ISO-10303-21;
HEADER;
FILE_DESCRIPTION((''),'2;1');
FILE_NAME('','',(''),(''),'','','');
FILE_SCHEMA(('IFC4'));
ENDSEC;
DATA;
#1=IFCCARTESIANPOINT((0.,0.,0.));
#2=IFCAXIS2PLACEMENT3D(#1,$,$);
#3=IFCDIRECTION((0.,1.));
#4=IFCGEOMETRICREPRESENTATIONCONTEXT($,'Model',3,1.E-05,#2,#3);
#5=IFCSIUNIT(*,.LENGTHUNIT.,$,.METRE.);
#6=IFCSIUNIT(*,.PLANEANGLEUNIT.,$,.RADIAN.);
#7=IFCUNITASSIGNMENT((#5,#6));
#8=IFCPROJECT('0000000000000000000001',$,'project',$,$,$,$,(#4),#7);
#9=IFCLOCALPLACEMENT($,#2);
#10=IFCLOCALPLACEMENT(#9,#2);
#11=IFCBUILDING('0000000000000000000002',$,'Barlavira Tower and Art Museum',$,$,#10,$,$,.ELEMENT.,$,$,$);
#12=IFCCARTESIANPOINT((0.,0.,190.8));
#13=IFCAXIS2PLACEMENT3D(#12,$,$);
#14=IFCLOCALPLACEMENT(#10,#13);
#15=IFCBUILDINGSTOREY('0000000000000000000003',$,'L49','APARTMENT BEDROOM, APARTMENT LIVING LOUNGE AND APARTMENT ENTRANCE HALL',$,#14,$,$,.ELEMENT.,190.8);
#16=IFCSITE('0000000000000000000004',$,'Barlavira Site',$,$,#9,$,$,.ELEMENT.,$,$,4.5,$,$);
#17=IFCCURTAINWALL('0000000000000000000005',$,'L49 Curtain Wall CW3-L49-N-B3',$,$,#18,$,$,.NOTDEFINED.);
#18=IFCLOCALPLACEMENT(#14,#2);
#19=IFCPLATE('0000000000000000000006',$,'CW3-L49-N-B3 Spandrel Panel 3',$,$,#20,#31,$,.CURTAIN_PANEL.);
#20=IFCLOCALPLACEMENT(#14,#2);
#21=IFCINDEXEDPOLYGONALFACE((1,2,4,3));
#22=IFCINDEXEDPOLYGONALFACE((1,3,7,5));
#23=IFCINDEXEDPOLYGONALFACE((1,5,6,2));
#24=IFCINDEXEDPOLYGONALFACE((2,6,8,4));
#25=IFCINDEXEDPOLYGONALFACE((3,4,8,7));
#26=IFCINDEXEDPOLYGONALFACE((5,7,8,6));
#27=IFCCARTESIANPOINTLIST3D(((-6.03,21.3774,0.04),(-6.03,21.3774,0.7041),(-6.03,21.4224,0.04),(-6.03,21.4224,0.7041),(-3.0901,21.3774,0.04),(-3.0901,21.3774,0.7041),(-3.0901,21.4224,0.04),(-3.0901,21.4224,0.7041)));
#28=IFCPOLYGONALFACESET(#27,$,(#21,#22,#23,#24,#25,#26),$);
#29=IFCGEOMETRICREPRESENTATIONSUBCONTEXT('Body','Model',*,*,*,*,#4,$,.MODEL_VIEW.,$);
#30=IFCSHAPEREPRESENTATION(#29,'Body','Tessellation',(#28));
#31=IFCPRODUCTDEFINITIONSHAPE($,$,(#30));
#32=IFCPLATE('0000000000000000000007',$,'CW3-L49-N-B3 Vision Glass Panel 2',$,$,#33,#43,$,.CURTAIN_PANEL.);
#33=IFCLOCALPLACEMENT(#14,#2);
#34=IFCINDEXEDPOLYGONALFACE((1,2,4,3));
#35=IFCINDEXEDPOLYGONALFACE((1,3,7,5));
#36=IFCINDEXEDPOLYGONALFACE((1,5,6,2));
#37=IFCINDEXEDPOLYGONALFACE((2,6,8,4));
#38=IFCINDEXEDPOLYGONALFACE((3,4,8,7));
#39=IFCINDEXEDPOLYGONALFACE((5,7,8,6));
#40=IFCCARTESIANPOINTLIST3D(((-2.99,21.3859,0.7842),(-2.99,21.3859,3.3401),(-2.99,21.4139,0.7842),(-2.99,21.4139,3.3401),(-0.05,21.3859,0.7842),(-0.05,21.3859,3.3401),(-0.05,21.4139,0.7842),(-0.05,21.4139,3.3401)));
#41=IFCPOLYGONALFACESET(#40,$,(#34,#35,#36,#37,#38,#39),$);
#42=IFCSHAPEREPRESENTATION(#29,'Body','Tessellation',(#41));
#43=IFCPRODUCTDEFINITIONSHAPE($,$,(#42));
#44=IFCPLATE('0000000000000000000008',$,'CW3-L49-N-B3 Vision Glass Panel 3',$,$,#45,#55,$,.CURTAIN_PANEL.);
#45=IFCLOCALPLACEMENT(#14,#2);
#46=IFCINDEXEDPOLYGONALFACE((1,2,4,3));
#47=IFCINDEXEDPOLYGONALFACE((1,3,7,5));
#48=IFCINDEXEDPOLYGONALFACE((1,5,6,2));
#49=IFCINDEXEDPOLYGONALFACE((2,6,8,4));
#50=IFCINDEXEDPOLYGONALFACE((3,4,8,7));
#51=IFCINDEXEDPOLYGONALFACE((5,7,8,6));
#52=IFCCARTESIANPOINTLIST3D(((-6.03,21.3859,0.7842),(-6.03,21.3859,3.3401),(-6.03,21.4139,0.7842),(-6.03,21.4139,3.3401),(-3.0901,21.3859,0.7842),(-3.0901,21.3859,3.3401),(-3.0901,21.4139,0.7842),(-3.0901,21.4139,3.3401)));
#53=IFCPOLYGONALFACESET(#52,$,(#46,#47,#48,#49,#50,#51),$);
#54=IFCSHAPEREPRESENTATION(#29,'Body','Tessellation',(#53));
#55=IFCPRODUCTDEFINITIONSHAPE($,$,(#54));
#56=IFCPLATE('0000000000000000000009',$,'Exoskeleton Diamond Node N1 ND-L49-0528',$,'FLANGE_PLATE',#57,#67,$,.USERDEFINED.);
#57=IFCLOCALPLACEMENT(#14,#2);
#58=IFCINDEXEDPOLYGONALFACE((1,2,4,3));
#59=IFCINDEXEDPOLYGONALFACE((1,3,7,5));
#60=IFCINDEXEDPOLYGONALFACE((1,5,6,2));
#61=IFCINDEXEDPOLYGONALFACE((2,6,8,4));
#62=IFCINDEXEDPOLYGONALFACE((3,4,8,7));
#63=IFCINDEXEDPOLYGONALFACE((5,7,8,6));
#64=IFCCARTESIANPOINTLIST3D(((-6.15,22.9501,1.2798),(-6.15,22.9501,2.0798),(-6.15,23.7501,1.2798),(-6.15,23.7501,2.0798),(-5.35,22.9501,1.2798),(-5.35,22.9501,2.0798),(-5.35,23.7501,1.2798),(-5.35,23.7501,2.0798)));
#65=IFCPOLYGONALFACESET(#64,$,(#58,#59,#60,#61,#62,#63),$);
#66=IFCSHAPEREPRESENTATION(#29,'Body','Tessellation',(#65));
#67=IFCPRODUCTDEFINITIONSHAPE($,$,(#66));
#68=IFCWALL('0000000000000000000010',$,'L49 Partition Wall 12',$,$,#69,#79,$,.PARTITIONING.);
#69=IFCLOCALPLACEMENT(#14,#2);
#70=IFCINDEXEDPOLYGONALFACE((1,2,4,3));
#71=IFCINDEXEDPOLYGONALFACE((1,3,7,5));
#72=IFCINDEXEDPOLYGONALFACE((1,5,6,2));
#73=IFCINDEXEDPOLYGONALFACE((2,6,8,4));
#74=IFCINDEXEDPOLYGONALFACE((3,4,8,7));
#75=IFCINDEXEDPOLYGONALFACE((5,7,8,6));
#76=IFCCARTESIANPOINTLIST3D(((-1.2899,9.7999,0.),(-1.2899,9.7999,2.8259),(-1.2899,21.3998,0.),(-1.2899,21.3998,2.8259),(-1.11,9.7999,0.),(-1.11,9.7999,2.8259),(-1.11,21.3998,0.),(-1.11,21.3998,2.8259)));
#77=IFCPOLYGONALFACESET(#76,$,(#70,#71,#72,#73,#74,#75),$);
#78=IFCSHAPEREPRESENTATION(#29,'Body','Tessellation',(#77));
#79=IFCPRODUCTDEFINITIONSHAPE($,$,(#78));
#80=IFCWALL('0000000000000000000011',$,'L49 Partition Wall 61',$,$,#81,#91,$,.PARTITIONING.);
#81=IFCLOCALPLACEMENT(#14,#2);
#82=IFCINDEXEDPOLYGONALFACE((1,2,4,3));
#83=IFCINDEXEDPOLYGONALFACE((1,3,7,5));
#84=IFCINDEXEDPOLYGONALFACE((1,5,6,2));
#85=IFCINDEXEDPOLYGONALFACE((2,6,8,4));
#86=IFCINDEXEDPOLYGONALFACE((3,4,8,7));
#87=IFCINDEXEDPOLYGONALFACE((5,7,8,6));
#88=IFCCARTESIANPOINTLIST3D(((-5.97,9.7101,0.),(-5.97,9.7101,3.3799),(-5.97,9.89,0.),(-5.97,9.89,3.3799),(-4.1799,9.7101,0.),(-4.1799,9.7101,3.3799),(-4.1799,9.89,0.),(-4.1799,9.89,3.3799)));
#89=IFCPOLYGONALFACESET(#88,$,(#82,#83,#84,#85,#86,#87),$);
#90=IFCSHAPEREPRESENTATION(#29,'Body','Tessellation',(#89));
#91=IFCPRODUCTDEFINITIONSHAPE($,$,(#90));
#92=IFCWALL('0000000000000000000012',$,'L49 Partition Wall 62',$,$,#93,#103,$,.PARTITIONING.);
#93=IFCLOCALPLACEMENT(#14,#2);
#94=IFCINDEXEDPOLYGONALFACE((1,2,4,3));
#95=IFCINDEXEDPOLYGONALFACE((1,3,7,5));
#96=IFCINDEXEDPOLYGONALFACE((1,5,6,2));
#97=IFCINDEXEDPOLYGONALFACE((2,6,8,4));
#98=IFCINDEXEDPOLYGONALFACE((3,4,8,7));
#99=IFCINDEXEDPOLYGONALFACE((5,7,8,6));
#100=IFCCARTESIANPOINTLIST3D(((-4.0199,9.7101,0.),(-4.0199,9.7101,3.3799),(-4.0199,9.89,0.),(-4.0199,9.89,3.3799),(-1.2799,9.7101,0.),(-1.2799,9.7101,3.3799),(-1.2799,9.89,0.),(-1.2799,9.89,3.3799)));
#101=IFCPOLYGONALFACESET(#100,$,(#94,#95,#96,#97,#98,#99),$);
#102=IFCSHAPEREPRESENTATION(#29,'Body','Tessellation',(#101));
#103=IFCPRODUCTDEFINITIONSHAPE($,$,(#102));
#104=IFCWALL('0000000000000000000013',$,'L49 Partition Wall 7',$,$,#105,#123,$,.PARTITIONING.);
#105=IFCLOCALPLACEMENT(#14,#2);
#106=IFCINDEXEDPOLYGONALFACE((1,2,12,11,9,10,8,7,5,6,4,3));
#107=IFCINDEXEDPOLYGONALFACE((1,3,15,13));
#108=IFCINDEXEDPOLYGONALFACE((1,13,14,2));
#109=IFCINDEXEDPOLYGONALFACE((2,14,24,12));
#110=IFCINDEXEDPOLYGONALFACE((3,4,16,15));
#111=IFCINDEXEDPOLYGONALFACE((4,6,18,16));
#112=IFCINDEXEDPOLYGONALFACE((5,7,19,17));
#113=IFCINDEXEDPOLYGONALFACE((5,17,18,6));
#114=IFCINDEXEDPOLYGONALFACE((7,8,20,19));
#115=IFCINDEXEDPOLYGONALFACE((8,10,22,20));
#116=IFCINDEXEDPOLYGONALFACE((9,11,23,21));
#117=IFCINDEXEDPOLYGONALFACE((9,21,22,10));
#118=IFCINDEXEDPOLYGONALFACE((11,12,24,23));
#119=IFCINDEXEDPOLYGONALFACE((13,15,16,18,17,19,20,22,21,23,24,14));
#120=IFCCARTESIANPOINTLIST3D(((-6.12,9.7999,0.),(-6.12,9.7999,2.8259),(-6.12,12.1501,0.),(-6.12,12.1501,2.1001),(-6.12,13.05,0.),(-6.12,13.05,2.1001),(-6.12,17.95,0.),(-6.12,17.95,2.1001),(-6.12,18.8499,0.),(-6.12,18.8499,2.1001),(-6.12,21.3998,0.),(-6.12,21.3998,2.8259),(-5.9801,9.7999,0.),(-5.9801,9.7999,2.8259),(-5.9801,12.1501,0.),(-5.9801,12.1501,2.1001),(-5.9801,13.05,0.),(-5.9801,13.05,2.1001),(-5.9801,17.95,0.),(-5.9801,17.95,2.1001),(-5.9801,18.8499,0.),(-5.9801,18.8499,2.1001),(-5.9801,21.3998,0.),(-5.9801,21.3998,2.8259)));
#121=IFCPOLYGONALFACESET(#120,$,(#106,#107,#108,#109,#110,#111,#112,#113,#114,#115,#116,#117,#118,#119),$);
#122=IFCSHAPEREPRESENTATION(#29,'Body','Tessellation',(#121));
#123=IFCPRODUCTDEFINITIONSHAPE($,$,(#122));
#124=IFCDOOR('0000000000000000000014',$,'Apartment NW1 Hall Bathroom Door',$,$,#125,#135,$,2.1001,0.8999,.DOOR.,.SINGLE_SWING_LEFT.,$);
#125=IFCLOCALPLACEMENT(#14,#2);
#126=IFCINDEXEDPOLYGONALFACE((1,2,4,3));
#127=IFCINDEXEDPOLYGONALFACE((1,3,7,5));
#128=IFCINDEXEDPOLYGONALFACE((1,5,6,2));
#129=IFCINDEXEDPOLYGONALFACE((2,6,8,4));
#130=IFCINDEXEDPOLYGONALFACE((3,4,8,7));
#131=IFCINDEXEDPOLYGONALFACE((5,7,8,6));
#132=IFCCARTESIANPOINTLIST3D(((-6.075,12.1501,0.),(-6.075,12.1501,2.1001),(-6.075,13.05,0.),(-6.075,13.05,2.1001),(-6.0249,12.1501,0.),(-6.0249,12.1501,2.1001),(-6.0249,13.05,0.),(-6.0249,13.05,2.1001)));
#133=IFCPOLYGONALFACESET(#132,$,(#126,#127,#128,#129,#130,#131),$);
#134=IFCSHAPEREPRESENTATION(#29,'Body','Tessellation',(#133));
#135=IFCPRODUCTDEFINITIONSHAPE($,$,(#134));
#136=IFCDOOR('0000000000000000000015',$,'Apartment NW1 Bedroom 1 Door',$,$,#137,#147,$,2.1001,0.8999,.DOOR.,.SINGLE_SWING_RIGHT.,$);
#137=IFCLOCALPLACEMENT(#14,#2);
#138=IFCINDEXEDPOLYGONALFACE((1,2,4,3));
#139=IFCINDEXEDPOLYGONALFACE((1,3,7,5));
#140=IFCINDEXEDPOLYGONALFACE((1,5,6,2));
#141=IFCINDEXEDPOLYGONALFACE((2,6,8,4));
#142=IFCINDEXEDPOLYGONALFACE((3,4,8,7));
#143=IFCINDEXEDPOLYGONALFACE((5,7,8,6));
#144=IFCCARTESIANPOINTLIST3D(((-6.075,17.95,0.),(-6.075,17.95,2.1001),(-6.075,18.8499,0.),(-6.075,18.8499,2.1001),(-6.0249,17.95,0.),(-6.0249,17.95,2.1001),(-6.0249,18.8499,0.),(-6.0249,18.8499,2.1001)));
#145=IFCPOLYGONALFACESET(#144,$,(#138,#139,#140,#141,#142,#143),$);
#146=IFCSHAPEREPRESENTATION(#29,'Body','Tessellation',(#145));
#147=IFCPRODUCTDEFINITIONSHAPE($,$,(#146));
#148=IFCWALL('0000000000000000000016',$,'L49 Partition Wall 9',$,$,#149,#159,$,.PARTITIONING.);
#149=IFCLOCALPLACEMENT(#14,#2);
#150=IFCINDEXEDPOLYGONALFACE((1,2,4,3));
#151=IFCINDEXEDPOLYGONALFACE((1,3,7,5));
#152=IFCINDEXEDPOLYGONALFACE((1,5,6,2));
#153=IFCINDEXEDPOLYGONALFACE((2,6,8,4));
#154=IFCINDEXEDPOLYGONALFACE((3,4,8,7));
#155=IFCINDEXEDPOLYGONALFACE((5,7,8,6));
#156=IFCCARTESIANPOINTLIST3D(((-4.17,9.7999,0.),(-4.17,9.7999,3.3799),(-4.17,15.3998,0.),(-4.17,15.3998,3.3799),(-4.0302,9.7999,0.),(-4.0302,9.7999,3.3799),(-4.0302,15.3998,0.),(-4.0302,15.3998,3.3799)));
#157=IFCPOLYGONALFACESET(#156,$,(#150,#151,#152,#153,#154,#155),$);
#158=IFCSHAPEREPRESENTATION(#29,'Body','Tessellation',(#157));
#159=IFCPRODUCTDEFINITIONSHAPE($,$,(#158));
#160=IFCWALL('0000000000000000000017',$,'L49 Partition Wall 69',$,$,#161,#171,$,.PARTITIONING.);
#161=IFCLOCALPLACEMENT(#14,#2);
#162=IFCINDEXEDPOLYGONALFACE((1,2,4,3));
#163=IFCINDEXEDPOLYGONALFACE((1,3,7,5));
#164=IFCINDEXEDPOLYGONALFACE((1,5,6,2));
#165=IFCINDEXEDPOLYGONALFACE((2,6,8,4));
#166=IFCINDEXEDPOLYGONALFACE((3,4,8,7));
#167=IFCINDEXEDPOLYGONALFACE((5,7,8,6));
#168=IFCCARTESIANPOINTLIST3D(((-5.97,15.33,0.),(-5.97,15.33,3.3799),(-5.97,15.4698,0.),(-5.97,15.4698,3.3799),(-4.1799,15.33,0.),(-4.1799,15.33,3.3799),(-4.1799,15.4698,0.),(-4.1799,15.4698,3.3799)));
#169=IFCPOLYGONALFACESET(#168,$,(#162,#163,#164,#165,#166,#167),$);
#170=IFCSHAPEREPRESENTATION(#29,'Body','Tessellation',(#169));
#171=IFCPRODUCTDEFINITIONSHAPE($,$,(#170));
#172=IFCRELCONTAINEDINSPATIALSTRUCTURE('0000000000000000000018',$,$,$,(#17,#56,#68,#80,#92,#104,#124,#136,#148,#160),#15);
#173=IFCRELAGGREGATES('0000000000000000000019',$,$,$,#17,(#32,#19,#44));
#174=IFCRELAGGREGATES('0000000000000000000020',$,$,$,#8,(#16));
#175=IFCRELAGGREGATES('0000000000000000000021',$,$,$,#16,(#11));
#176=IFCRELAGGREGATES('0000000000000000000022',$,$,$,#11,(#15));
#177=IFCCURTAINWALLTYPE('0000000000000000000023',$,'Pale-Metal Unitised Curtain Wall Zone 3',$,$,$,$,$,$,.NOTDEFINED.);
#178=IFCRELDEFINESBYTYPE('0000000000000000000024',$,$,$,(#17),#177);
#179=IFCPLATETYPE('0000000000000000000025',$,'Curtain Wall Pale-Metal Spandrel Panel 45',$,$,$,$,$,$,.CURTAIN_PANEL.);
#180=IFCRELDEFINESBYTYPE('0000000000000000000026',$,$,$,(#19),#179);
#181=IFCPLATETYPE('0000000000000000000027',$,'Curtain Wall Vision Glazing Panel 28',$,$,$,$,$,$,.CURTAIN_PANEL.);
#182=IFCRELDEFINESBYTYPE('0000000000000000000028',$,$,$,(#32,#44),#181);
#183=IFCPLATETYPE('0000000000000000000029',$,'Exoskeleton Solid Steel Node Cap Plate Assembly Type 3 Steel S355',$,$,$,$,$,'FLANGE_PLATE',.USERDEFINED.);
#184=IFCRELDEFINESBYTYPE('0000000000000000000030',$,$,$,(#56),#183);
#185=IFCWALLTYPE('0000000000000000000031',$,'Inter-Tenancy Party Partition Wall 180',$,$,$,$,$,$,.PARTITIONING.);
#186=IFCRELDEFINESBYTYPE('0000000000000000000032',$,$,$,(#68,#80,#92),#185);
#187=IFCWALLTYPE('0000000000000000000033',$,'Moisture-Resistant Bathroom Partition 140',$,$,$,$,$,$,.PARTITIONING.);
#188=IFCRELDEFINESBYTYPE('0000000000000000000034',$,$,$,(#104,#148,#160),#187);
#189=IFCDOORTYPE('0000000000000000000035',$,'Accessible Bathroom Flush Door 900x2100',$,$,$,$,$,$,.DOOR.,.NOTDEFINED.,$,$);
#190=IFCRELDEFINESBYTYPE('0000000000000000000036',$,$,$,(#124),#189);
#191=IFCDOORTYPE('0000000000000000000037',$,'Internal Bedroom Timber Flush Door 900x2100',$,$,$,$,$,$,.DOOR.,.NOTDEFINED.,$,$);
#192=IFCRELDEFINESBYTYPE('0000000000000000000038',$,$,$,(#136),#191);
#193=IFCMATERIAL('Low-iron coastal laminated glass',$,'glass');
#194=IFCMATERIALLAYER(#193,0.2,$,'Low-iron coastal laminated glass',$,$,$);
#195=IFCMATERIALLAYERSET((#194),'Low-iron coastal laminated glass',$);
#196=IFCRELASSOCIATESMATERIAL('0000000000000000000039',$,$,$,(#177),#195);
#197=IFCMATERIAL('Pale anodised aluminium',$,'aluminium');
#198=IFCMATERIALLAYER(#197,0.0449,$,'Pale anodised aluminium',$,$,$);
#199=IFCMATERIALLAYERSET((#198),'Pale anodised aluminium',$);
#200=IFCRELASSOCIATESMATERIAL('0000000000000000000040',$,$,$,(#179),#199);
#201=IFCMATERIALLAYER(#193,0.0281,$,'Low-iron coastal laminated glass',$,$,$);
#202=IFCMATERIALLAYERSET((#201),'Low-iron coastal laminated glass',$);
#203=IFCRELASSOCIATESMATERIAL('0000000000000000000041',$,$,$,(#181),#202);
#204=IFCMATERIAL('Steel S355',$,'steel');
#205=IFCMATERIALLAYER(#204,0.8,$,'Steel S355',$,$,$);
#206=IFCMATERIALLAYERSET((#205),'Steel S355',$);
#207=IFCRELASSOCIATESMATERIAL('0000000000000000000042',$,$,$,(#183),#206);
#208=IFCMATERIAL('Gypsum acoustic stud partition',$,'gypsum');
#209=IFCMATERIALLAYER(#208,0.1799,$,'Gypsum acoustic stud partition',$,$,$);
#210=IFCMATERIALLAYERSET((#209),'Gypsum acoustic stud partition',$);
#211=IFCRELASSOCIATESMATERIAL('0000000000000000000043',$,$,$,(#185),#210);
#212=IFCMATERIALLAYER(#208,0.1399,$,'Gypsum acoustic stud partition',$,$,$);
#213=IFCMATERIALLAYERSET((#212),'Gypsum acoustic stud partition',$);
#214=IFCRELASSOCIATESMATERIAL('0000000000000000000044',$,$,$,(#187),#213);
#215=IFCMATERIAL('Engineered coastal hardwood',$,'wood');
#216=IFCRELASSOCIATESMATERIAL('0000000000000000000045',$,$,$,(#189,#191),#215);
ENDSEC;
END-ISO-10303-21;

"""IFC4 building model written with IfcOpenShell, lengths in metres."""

from ifc_helpers import new_model, si_unit, direction, frame, frame_2d, origin, origin_2d, place, context, subcontext, project, spatial, rectangle, extrude, material, layer, layer_set, type_object, element, fill, aggregate, save


model = new_model("IFC4")

# Units and contexts
model_context = context("Model", 3, precision=1e-05, world=origin(), true_north=direction((0.0, 1.0)))
body_context = subcontext(model_context, "Body", "Model", "MODEL_VIEW")
ifc_project = project(units=[si_unit("LENGTHUNIT", "METRE"), si_unit("PLANEANGLEUNIT", "RADIAN")], contexts=[model_context])

# Site, building, storey
site_placement = place(None, origin())
site = spatial("IfcSite", under=ifc_project, at=site_placement, Name="Barlavira Site", CompositionType="ELEMENT", RefElevation=4.5)
building_placement = place(site_placement, origin())
building = spatial("IfcBuilding", under=site, at=building_placement, Name="Barlavira Tower and Art Museum", CompositionType="ELEMENT")
storey_placement = place(building_placement, frame((0.0, 0.0, 190.8)))
storey = spatial("IfcBuildingStorey", under=building, at=storey_placement, Name="L49", Description="APARTMENT BEDROOM, APARTMENT LIVING LOUNGE AND APARTMENT ENTRANCE HALL", CompositionType="ELEMENT", Elevation=190.8)

# Curtain wall
ifc_material_1 = material(Name="Low-iron coastal laminated glass", Category="glass")
ifc_layer_1 = layer(ifc_material_1, 0.2, Name="Low-iron coastal laminated glass")
ifc_layer_set_1 = layer_set([ifc_layer_1], Name="Low-iron coastal laminated glass")
curtain_wall_type = type_object("IfcCurtainWallType", Name="Pale-Metal Unitised Curtain Wall Zone 3", PredefinedType="NOTDEFINED", material=ifc_layer_set_1)
curtain_wall_placement = place(storey_placement, origin())
curtain_wall = element("IfcCurtainWall", 1, at=curtain_wall_placement, inside=storey, type_object=curtain_wall_type, Name="L49 Curtain Wall CW3-L49-N-B3", PredefinedType="NOTDEFINED")
ifc_material_2 = material(Name="Pale anodised aluminium", Category="aluminium")

# Shared definitions
ifc_material_3 = material(Name="Steel S355", Category="steel")

# Plates
ifc_layer_2 = layer(ifc_material_2, 0.0449, Name="Pale anodised aluminium")
ifc_layer_set_2 = layer_set([ifc_layer_2], Name="Pale anodised aluminium")
plate_type_1 = type_object("IfcPlateType", Name="Curtain Wall Pale-Metal Spandrel Panel 45", PredefinedType="CURTAIN_PANEL", material=ifc_layer_set_2)
plate_1_placement = place(storey_placement, frame((-4.5601, 21.3999, 0.04), z_axis=(0.0, 0.0, 1.0), x_axis=(-1.0, 0.0, 0.0)))
plate_1 = element("IfcPlate", 2, at=plate_1_placement, type_object=plate_type_1, Name="CW3-L49-N-B3 Spandrel Panel 3", PredefinedType="CURTAIN_PANEL", context=body_context, shape_type="SweptSolid", body=[
    extrude(rectangle(XDim=2.9399, YDim=0.0449, at=origin_2d()), origin(), (0.0, 0.0, 1.0), 0.6641),
])
ifc_layer_3 = layer(ifc_material_1, 0.0281, Name="Low-iron coastal laminated glass")
ifc_layer_set_3 = layer_set([ifc_layer_3], Name="Low-iron coastal laminated glass")
plate_type_2 = type_object("IfcPlateType", Name="Curtain Wall Vision Glazing Panel 28", PredefinedType="CURTAIN_PANEL", material=ifc_layer_set_3)
plate_2_placement = place(storey_placement, frame((-1.52, 21.3999, 0.7842), z_axis=(0.0, 0.0, 1.0), x_axis=(-1.0, 0.0, 0.0)))
plate_2 = element("IfcPlate", 3, at=plate_2_placement, type_object=plate_type_2, Name="CW3-L49-N-B3 Vision Glass Panel 2", PredefinedType="CURTAIN_PANEL", context=body_context, shape_type="SweptSolid", body=[
    extrude(rectangle(XDim=2.9399, YDim=0.0281, at=origin_2d()), origin(), (0.0, 0.0, 1.0), 2.5559),
])
plate_3_placement = place(storey_placement, frame((-4.5601, 21.3999, 0.7842), z_axis=(0.0, 0.0, 1.0), x_axis=(-1.0, 0.0, 0.0)))
plate_3 = element("IfcPlate", 4, at=plate_3_placement, type_object=plate_type_2, Name="CW3-L49-N-B3 Vision Glass Panel 3", PredefinedType="CURTAIN_PANEL", context=body_context, shape_type="SweptSolid", body=[
    extrude(rectangle(XDim=2.9399, YDim=0.0281, at=origin_2d()), origin(), (0.0, 0.0, 1.0), 2.5559),
])
aggregate(curtain_wall, [plate_2, plate_1, plate_3])
ifc_layer_4 = layer(ifc_material_3, 0.8, Name="Steel S355")
ifc_layer_set_4 = layer_set([ifc_layer_4], Name="Steel S355")
plate_type_3 = type_object("IfcPlateType", Name="Exoskeleton Solid Steel Node Cap Plate Assembly Type 3 Steel S355", ElementType="FLANGE_PLATE", PredefinedType="USERDEFINED", material=ifc_layer_set_4)
plate_4_placement = place(storey_placement, frame((-5.75, 23.3501, 1.2798), z_axis=(0.0, 0.0, 1.0), x_axis=(1.0, 0.0, 0.0)))
element("IfcPlate", 5, at=plate_4_placement, inside=storey, type_object=plate_type_3, Name="Exoskeleton Diamond Node N1 ND-L49-0528", ObjectType="FLANGE_PLATE", PredefinedType="USERDEFINED", context=body_context, shape_type="SweptSolid", body=[
    extrude(rectangle(XDim=0.8, YDim=0.8, at=origin_2d()), origin(), (0.0, 0.0, 1.0), 0.8),
])

# Walls
ifc_material_4 = material(Name="Gypsum acoustic stud partition", Category="gypsum")
ifc_layer_5 = layer(ifc_material_4, 0.1799, Name="Gypsum acoustic stud partition")
ifc_layer_set_5 = layer_set([ifc_layer_5], Name="Gypsum acoustic stud partition")
wall_type_1 = type_object("IfcWallType", Name="Inter-Tenancy Party Partition Wall 180", PredefinedType="PARTITIONING", material=ifc_layer_set_5)
wall_1_placement = place(storey_placement, frame((-1.2, 9.8, 0.0), z_axis=(0.0, 0.0, 1.0), x_axis=(0.0, 1.0, 0.0)))
element("IfcWall", 6, at=wall_1_placement, inside=storey, type_object=wall_type_1, Name="L49 Partition Wall 12", PredefinedType="PARTITIONING", context=body_context, shape_type="SweptSolid", body=[
    extrude(rectangle(XDim=11.5999, YDim=0.1799, at=frame_2d((5.7998, 0.0))), origin(), (0.0, 0.0, 1.0), 2.8259),
])
wall_2_placement = place(storey_placement, frame((-5.97, 9.8, 0.0), z_axis=(0.0, 0.0, 1.0), x_axis=(1.0, 0.0, 0.0)))
element("IfcWall", 7, at=wall_2_placement, inside=storey, type_object=wall_type_1, Name="L49 Partition Wall 61", PredefinedType="PARTITIONING", context=body_context, shape_type="SweptSolid", body=[
    extrude(rectangle(XDim=1.79, YDim=0.1799, at=frame_2d((0.895, 0.0))), origin(), (0.0, 0.0, 1.0), 3.3799),
])
wall_3_placement = place(storey_placement, frame((-4.02, 9.8, 0.0), z_axis=(0.0, 0.0, 1.0), x_axis=(1.0, 0.0, 0.0)))
element("IfcWall", 8, at=wall_3_placement, inside=storey, type_object=wall_type_1, Name="L49 Partition Wall 62", PredefinedType="PARTITIONING", context=body_context, shape_type="SweptSolid", body=[
    extrude(rectangle(XDim=2.74, YDim=0.1799, at=frame_2d((1.3701, 0.0))), origin(), (0.0, 0.0, 1.0), 3.3799),
])

# Wall, openings, doors
ifc_layer_6 = layer(ifc_material_4, 0.1399, Name="Gypsum acoustic stud partition")
ifc_layer_set_6 = layer_set([ifc_layer_6], Name="Gypsum acoustic stud partition")
wall_type_2 = type_object("IfcWallType", Name="Moisture-Resistant Bathroom Partition 140", PredefinedType="PARTITIONING", material=ifc_layer_set_6)
wall_4_placement = place(storey_placement, frame((-6.05, 9.8, 0.0), z_axis=(0.0, 0.0, 1.0), x_axis=(0.0, 1.0, 0.0)))
wall_4 = element("IfcWall", 9, at=wall_4_placement, inside=storey, type_object=wall_type_2, Name="L49 Partition Wall 7", PredefinedType="PARTITIONING", context=body_context, shape_type="SweptSolid", body=[
    extrude(rectangle(XDim=11.5999, YDim=0.1399, at=frame_2d((5.7998, 0.0))), origin(), (0.0, 0.0, 1.0), 2.8259),
])
opening_1_placement = place(wall_4_placement, frame((2.3501, 0.0, 0.0)))
opening_1 = element("IfcOpeningElement", 10, at=opening_1_placement, cuts=wall_4, PredefinedType="OPENING", context=body_context, shape_type="SweptSolid", body=[
    extrude(rectangle(XDim=0.8999, YDim=2.1001, at=frame_2d((0.45, 1.05))), frame((0.0, 0.0801, 0.0), z_axis=(0.0, -1.0, 0.0), x_axis=(1.0, 0.0, 0.0)), (0.0, 0.0, 1.0), 0.1599),
])
opening_2_placement = place(wall_4_placement, frame((8.1499, 0.0, 0.0)))
opening_2 = element("IfcOpeningElement", 11, at=opening_2_placement, cuts=wall_4, PredefinedType="OPENING", context=body_context, shape_type="SweptSolid", body=[
    extrude(rectangle(XDim=0.8999, YDim=2.1001, at=frame_2d((0.45, 1.05))), frame((0.0, 0.0801, 0.0), z_axis=(0.0, -1.0, 0.0), x_axis=(1.0, 0.0, 0.0)), (0.0, 0.0, 1.0), 0.1599),
])
ifc_material_5 = material(Name="Engineered coastal hardwood", Category="wood")
door_type_1 = type_object("IfcDoorType", Name="Accessible Bathroom Flush Door 900x2100", OperationType="NOTDEFINED", PredefinedType="DOOR", material=ifc_material_5)
door_1_placement = place(opening_1_placement, origin())
door_1 = element("IfcDoor", 12, at=door_1_placement, inside=storey, type_object=door_type_1, Name="Apartment NW1 Hall Bathroom Door", OperationType="SINGLE_SWING_LEFT", OverallHeight=2.1001, OverallWidth=0.8999, PredefinedType="DOOR", context=body_context, shape_type="SweptSolid", body=[
    extrude(rectangle(XDim=0.8999, YDim=2.1001, at=frame_2d((0.45, 1.05))), frame((0.0, 0.0249, 0.0), z_axis=(0.0, -1.0, 0.0), x_axis=(1.0, 0.0, 0.0)), (0.0, 0.0, 1.0), 0.05),
])
fill(opening_1, door_1)
door_type_2 = type_object("IfcDoorType", Name="Internal Bedroom Timber Flush Door 900x2100", OperationType="NOTDEFINED", PredefinedType="DOOR", material=ifc_material_5)
door_2_placement = place(opening_2_placement, origin())
door_2 = element("IfcDoor", 13, at=door_2_placement, inside=storey, type_object=door_type_2, Name="Apartment NW1 Bedroom 1 Door", OperationType="SINGLE_SWING_RIGHT", OverallHeight=2.1001, OverallWidth=0.8999, PredefinedType="DOOR", context=body_context, shape_type="SweptSolid", body=[
    extrude(rectangle(XDim=0.8999, YDim=2.1001, at=frame_2d((0.45, 1.05))), frame((0.0, 0.0249, 0.0), z_axis=(0.0, -1.0, 0.0), x_axis=(1.0, 0.0, 0.0)), (0.0, 0.0, 1.0), 0.05),
])
fill(opening_2, door_2)

# Walls
wall_5_placement = place(storey_placement, frame((-4.1001, 9.8, 0.0), z_axis=(0.0, 0.0, 1.0), x_axis=(0.0, 1.0, 0.0)))
element("IfcWall", 14, at=wall_5_placement, inside=storey, type_object=wall_type_2, Name="L49 Partition Wall 9", PredefinedType="PARTITIONING", context=body_context, shape_type="SweptSolid", body=[
    extrude(rectangle(XDim=5.5999, YDim=0.1399, at=frame_2d((2.7998, 0.0))), origin(), (0.0, 0.0, 1.0), 3.3799),
])
wall_6_placement = place(storey_placement, frame((-5.97, 15.3999, 0.0), z_axis=(0.0, 0.0, 1.0), x_axis=(1.0, 0.0, 0.0)))
element("IfcWall", 15, at=wall_6_placement, inside=storey, type_object=wall_type_2, Name="L49 Partition Wall 69", PredefinedType="PARTITIONING", context=body_context, shape_type="SweptSolid", body=[
    extrude(rectangle(XDim=1.79, YDim=0.1399, at=frame_2d((0.895, 0.0))), origin(), (0.0, 0.0, 1.0), 3.3799),
])

save(model, "model.ifc")
